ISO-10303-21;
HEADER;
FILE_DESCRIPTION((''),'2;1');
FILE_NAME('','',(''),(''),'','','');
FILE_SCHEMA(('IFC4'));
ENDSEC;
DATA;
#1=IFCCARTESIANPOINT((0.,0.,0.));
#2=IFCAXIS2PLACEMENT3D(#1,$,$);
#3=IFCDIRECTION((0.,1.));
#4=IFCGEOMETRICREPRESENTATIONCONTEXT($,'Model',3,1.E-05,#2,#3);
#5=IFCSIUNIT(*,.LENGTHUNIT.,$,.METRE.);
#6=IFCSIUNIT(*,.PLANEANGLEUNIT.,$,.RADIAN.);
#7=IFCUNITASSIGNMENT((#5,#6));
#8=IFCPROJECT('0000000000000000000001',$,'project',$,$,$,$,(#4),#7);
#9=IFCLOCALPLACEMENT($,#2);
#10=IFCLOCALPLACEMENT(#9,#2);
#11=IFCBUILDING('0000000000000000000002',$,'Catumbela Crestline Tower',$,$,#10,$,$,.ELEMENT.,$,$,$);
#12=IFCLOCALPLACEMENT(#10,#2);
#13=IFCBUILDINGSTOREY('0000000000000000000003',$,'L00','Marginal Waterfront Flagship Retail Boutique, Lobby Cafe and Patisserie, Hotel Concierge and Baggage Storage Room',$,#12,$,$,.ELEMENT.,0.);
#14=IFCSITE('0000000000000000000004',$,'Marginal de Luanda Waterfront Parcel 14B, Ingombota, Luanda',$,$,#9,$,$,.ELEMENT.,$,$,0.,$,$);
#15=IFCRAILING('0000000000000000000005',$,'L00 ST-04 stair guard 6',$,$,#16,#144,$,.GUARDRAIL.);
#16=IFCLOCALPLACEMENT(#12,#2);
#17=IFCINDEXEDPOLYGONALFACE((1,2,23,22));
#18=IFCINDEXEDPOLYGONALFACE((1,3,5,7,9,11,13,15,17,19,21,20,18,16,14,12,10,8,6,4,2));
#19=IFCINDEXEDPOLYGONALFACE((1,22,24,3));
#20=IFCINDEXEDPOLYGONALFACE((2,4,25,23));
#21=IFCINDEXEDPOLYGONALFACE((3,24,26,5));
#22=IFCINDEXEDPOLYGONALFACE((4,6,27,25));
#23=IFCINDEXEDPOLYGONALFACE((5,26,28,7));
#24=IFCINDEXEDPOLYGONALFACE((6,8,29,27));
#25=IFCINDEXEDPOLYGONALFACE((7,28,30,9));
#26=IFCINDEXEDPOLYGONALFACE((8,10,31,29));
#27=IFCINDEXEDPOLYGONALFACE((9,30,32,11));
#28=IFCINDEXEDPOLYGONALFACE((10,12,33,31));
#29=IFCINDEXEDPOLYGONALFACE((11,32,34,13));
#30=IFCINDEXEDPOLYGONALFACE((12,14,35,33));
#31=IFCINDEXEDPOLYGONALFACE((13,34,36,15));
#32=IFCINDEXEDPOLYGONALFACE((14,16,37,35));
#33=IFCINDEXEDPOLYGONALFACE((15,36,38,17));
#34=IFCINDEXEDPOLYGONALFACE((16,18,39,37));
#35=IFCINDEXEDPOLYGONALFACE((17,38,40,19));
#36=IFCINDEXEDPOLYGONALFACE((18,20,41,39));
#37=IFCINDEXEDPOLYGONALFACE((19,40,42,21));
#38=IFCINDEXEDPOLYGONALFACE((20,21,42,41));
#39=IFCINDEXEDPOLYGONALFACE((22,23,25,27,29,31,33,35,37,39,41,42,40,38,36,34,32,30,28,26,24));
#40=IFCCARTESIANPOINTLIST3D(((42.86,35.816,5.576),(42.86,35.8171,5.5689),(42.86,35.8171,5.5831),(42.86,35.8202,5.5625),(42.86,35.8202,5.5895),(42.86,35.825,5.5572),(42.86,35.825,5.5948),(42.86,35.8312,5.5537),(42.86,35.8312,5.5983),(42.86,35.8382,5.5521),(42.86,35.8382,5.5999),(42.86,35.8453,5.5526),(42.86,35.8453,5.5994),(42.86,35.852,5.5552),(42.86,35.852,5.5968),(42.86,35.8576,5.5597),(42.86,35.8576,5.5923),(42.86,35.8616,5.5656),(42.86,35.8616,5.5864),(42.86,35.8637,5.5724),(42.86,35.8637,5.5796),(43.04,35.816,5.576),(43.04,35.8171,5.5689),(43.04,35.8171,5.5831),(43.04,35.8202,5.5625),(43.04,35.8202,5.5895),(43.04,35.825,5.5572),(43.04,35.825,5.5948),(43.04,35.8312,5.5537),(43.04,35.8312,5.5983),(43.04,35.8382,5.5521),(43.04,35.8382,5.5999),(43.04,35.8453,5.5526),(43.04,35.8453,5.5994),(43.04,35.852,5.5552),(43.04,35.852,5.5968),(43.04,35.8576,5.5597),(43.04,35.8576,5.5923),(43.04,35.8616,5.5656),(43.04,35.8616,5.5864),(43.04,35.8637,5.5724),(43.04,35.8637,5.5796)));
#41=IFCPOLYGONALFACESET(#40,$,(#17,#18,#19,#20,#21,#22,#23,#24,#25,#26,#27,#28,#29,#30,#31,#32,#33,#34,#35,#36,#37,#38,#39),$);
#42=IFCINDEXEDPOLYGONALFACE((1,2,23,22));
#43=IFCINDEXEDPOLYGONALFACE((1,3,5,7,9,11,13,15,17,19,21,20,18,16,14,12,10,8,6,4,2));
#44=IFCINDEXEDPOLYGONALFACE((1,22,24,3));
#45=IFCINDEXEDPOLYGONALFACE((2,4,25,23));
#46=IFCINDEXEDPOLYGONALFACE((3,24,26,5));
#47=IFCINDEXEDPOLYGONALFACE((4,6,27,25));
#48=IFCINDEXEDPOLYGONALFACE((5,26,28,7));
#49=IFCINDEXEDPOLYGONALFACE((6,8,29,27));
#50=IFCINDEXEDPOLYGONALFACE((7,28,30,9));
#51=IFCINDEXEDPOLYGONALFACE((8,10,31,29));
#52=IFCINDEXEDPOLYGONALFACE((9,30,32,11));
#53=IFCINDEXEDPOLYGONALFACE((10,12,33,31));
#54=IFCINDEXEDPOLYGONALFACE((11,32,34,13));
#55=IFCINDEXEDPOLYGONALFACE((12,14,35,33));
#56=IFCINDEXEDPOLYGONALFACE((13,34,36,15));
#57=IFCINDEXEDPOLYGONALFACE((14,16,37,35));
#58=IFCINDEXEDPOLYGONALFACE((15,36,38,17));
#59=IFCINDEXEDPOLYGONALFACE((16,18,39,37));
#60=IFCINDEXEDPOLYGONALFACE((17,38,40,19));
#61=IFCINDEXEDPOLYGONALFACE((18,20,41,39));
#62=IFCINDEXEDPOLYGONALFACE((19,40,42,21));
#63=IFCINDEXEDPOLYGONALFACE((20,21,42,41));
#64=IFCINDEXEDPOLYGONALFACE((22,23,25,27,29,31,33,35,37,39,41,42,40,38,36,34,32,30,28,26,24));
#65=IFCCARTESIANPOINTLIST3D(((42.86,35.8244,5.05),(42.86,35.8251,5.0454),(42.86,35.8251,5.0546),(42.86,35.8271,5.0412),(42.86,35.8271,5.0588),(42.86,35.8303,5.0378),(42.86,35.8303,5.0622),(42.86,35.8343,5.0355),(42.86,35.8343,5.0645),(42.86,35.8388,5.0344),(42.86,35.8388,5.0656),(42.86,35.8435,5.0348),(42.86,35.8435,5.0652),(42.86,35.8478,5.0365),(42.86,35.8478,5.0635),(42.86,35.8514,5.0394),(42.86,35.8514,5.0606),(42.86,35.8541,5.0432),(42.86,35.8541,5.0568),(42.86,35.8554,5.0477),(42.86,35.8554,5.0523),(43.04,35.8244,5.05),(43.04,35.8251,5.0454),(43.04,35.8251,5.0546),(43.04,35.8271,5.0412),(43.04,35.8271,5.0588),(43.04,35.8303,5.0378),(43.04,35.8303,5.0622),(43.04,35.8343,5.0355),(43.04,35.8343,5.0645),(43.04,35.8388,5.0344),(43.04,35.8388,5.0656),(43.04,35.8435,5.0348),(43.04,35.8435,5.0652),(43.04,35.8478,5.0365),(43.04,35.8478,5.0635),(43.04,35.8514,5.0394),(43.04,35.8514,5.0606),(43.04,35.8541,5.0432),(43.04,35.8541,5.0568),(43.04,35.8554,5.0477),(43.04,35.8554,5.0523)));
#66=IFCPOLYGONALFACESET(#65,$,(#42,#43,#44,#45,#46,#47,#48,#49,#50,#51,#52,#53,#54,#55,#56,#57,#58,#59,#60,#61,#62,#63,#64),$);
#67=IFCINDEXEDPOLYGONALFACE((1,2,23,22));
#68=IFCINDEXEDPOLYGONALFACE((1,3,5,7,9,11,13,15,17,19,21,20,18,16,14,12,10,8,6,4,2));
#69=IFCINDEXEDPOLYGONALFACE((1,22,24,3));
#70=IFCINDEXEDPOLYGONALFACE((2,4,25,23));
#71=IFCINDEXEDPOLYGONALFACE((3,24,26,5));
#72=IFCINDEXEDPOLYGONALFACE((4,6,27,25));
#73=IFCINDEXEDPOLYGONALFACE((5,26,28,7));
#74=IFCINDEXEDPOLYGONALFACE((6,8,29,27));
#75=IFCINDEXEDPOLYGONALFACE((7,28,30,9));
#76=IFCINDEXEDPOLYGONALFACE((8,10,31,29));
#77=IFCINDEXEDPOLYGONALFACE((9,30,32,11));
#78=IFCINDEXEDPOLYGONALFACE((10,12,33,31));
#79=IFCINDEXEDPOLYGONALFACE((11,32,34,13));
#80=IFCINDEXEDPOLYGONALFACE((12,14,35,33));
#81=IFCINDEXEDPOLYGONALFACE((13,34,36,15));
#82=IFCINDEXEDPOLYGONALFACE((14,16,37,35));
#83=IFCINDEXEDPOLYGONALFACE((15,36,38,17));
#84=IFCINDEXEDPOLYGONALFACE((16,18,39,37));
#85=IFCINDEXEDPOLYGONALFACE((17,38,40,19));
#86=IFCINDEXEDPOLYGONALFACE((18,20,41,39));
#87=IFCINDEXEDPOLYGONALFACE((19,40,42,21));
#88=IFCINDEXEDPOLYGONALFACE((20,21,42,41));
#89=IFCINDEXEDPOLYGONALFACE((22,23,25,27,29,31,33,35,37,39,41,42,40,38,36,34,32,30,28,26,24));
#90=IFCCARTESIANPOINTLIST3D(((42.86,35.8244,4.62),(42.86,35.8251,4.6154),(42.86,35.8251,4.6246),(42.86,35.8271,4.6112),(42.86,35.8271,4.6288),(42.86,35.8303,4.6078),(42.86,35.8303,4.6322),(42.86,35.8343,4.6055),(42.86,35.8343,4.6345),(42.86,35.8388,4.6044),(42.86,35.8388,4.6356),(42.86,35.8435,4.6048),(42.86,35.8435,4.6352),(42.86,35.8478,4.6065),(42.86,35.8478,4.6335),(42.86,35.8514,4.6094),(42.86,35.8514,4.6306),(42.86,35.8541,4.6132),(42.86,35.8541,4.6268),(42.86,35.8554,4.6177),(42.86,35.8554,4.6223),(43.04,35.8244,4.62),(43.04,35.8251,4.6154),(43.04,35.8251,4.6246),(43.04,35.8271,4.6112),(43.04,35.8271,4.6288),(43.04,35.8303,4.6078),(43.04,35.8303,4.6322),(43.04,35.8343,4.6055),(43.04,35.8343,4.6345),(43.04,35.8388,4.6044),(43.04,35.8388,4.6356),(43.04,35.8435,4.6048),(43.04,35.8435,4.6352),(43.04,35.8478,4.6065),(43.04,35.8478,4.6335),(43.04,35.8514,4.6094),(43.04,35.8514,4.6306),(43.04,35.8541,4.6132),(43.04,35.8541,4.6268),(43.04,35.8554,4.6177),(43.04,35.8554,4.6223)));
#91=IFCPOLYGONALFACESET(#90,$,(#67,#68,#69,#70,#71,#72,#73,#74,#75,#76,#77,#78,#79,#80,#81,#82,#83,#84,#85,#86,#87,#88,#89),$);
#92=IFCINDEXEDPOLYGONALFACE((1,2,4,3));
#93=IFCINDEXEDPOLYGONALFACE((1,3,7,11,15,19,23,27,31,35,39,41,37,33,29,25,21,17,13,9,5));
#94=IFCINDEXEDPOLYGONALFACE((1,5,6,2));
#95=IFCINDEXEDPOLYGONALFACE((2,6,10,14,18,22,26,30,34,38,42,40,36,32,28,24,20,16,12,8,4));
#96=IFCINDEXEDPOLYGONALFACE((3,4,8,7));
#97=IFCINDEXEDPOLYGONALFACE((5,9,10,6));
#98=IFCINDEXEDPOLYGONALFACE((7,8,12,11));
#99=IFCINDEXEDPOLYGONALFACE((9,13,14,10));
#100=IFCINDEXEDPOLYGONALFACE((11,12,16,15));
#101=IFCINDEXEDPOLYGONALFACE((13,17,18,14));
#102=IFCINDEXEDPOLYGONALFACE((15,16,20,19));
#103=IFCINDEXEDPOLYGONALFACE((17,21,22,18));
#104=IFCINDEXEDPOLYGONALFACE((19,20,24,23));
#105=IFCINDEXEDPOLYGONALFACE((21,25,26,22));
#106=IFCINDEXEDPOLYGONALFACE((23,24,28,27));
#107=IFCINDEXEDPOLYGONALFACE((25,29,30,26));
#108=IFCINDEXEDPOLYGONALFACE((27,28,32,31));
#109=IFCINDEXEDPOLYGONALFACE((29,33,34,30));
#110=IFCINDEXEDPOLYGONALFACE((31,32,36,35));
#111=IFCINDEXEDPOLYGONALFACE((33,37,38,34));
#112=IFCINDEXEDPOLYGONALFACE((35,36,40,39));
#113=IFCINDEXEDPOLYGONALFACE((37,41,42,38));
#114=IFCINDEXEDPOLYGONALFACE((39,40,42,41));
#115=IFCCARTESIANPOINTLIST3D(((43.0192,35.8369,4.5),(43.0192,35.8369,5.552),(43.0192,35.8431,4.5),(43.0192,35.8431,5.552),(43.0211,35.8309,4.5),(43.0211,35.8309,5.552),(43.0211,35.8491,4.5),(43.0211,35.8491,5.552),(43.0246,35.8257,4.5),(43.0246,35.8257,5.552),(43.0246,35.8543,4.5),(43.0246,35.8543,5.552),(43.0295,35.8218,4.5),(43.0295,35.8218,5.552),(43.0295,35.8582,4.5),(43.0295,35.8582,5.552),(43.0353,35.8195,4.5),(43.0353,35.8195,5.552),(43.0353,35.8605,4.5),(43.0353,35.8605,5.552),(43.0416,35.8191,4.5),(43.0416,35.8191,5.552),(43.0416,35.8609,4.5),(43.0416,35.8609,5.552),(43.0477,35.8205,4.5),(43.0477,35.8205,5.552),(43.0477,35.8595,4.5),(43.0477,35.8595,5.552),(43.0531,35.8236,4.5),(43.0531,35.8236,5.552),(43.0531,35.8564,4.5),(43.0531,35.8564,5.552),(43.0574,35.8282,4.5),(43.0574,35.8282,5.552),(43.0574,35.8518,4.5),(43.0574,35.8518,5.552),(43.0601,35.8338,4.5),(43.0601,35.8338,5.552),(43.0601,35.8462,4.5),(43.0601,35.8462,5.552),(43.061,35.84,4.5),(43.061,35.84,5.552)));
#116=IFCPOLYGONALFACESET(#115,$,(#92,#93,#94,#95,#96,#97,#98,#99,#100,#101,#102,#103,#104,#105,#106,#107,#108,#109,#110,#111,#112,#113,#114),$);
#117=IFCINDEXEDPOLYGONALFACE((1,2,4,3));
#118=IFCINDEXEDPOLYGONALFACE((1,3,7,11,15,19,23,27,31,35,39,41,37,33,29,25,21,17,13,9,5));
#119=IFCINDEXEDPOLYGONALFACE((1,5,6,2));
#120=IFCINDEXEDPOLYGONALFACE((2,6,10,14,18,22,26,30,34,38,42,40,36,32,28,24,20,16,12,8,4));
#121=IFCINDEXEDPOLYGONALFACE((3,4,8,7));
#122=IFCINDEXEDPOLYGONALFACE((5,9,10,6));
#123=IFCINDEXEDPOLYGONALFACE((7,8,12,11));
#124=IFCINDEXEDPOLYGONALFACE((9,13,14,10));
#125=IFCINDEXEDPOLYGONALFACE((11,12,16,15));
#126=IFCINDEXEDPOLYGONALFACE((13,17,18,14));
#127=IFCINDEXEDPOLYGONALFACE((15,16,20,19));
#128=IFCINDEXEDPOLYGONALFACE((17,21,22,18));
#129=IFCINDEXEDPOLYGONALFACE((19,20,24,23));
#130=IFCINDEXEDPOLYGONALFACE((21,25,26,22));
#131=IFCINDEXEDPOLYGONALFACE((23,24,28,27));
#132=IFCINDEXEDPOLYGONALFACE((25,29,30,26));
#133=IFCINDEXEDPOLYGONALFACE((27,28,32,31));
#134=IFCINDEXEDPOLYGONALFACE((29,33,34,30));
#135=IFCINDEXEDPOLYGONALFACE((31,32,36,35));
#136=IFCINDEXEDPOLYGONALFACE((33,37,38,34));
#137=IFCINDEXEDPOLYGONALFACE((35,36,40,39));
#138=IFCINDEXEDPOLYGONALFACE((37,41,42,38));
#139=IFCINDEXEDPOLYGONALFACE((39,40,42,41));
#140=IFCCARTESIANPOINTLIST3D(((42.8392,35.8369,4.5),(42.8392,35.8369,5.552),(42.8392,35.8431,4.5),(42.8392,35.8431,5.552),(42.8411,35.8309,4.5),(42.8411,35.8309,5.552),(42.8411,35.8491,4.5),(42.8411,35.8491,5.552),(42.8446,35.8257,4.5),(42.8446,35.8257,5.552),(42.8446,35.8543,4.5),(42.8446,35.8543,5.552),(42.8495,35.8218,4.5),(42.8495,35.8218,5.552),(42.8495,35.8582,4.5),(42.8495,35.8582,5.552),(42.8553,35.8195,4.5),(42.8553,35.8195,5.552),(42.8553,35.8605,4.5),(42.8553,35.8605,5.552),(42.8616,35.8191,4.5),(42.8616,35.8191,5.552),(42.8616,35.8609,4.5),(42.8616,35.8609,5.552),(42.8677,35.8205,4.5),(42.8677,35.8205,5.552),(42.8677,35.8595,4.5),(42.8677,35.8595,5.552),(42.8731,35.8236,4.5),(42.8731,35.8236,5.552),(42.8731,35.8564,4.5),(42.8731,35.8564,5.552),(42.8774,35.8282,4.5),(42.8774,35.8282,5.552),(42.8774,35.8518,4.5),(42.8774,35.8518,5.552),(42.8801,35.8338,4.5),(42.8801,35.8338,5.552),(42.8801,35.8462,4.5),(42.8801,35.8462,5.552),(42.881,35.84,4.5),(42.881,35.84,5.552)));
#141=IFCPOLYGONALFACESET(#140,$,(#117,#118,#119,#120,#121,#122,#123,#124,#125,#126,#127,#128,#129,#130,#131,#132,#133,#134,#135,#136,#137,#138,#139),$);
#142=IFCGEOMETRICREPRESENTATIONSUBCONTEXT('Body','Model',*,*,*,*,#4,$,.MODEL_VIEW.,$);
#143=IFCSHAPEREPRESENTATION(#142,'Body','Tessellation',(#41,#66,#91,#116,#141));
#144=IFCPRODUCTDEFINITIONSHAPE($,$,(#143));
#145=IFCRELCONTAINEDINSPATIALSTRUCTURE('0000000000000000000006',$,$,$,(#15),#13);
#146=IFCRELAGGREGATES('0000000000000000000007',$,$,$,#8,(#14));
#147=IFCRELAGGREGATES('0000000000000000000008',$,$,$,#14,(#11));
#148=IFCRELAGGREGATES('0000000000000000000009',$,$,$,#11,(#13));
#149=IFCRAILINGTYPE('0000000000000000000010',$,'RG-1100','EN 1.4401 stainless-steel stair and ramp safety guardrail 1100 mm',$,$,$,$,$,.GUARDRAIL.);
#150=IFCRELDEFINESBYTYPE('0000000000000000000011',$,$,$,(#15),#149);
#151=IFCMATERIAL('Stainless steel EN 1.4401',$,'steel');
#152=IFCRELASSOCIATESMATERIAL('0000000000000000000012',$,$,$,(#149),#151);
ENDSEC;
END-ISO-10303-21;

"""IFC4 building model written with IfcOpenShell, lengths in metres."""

from ifc_helpers import new_model, si_unit, direction, frame, origin, origin_2d, place, context, subcontext, project, spatial, circle, extrude, material, type_object, element, save


model = new_model("IFC4")

# Units and contexts
model_context = context("Model", 3, precision=1e-05, world=origin(), true_north=direction((0.0, 1.0)))
body_context = subcontext(model_context, "Body", "Model", "MODEL_VIEW")
ifc_project = project(units=[si_unit("LENGTHUNIT", "METRE"), si_unit("PLANEANGLEUNIT", "RADIAN")], contexts=[model_context])

# Site, building, storey
site_placement = place(None, origin())
site = spatial("IfcSite", under=ifc_project, at=site_placement, Name="Marginal de Luanda Waterfront Parcel 14B, Ingombota, Luanda", CompositionType="ELEMENT", RefElevation=0.0)
building_placement = place(site_placement, origin())
building = spatial("IfcBuilding", under=site, at=building_placement, Name="Catumbela Crestline Tower", CompositionType="ELEMENT")
storey_placement = place(building_placement, origin())
storey = spatial("IfcBuildingStorey", under=building, at=storey_placement, Name="L00", Description="Marginal Waterfront Flagship Retail Boutique, Lobby Cafe and Patisserie, Hotel Concierge and Baggage Storage Room", CompositionType="ELEMENT", Elevation=0.0)

# Shared definitions
ifc_material_1 = material(Name="Stainless steel EN 1.4401", Category="steel")

# Railing
railing_type_1 = type_object("IfcRailingType", Name="RG-1100", Description="EN 1.4401 stainless-steel stair and ramp safety guardrail 1100 mm", PredefinedType="GUARDRAIL", material=ifc_material_1)
railing_1_placement = place(storey_placement, frame((43.04, 35.84, 4.5)))
element("IfcRailing", 1, at=railing_1_placement, inside=storey, type_object=railing_type_1, Name="L00 ST-04 stair guard 6", PredefinedType="GUARDRAIL", context=body_context, shape_type="SweptSolid", body=[
    extrude(circle(Radius=0.024, at=origin_2d()), frame((0.0, 0.0, 1.076), z_axis=(-1.0, 0.0, 0.0), x_axis=(0.0, -1.0, 0.0)), (0.0, 0.0, 1.0), 0.18),
    extrude(circle(Radius=0.0156, at=origin_2d()), frame((0.0, 0.0, 0.55), z_axis=(-1.0, 0.0, 0.0), x_axis=(0.0, -1.0, 0.0)), (0.0, 0.0, 1.0), 0.18),
    extrude(circle(Radius=0.0156, at=origin_2d()), frame((0.0, 0.0, 0.12), z_axis=(-1.0, 0.0, 0.0), x_axis=(0.0, -1.0, 0.0)), (0.0, 0.0, 1.0), 0.18),
    extrude(circle(Radius=0.021, at=origin_2d()), origin(), (0.0, 0.0, 1.0), 1.052),
    extrude(circle(Radius=0.021, at=origin_2d()), frame((-0.18, 0.0, 0.0)), (0.0, 0.0, 1.0), 1.052),
])

save(model, "model.ifc")
